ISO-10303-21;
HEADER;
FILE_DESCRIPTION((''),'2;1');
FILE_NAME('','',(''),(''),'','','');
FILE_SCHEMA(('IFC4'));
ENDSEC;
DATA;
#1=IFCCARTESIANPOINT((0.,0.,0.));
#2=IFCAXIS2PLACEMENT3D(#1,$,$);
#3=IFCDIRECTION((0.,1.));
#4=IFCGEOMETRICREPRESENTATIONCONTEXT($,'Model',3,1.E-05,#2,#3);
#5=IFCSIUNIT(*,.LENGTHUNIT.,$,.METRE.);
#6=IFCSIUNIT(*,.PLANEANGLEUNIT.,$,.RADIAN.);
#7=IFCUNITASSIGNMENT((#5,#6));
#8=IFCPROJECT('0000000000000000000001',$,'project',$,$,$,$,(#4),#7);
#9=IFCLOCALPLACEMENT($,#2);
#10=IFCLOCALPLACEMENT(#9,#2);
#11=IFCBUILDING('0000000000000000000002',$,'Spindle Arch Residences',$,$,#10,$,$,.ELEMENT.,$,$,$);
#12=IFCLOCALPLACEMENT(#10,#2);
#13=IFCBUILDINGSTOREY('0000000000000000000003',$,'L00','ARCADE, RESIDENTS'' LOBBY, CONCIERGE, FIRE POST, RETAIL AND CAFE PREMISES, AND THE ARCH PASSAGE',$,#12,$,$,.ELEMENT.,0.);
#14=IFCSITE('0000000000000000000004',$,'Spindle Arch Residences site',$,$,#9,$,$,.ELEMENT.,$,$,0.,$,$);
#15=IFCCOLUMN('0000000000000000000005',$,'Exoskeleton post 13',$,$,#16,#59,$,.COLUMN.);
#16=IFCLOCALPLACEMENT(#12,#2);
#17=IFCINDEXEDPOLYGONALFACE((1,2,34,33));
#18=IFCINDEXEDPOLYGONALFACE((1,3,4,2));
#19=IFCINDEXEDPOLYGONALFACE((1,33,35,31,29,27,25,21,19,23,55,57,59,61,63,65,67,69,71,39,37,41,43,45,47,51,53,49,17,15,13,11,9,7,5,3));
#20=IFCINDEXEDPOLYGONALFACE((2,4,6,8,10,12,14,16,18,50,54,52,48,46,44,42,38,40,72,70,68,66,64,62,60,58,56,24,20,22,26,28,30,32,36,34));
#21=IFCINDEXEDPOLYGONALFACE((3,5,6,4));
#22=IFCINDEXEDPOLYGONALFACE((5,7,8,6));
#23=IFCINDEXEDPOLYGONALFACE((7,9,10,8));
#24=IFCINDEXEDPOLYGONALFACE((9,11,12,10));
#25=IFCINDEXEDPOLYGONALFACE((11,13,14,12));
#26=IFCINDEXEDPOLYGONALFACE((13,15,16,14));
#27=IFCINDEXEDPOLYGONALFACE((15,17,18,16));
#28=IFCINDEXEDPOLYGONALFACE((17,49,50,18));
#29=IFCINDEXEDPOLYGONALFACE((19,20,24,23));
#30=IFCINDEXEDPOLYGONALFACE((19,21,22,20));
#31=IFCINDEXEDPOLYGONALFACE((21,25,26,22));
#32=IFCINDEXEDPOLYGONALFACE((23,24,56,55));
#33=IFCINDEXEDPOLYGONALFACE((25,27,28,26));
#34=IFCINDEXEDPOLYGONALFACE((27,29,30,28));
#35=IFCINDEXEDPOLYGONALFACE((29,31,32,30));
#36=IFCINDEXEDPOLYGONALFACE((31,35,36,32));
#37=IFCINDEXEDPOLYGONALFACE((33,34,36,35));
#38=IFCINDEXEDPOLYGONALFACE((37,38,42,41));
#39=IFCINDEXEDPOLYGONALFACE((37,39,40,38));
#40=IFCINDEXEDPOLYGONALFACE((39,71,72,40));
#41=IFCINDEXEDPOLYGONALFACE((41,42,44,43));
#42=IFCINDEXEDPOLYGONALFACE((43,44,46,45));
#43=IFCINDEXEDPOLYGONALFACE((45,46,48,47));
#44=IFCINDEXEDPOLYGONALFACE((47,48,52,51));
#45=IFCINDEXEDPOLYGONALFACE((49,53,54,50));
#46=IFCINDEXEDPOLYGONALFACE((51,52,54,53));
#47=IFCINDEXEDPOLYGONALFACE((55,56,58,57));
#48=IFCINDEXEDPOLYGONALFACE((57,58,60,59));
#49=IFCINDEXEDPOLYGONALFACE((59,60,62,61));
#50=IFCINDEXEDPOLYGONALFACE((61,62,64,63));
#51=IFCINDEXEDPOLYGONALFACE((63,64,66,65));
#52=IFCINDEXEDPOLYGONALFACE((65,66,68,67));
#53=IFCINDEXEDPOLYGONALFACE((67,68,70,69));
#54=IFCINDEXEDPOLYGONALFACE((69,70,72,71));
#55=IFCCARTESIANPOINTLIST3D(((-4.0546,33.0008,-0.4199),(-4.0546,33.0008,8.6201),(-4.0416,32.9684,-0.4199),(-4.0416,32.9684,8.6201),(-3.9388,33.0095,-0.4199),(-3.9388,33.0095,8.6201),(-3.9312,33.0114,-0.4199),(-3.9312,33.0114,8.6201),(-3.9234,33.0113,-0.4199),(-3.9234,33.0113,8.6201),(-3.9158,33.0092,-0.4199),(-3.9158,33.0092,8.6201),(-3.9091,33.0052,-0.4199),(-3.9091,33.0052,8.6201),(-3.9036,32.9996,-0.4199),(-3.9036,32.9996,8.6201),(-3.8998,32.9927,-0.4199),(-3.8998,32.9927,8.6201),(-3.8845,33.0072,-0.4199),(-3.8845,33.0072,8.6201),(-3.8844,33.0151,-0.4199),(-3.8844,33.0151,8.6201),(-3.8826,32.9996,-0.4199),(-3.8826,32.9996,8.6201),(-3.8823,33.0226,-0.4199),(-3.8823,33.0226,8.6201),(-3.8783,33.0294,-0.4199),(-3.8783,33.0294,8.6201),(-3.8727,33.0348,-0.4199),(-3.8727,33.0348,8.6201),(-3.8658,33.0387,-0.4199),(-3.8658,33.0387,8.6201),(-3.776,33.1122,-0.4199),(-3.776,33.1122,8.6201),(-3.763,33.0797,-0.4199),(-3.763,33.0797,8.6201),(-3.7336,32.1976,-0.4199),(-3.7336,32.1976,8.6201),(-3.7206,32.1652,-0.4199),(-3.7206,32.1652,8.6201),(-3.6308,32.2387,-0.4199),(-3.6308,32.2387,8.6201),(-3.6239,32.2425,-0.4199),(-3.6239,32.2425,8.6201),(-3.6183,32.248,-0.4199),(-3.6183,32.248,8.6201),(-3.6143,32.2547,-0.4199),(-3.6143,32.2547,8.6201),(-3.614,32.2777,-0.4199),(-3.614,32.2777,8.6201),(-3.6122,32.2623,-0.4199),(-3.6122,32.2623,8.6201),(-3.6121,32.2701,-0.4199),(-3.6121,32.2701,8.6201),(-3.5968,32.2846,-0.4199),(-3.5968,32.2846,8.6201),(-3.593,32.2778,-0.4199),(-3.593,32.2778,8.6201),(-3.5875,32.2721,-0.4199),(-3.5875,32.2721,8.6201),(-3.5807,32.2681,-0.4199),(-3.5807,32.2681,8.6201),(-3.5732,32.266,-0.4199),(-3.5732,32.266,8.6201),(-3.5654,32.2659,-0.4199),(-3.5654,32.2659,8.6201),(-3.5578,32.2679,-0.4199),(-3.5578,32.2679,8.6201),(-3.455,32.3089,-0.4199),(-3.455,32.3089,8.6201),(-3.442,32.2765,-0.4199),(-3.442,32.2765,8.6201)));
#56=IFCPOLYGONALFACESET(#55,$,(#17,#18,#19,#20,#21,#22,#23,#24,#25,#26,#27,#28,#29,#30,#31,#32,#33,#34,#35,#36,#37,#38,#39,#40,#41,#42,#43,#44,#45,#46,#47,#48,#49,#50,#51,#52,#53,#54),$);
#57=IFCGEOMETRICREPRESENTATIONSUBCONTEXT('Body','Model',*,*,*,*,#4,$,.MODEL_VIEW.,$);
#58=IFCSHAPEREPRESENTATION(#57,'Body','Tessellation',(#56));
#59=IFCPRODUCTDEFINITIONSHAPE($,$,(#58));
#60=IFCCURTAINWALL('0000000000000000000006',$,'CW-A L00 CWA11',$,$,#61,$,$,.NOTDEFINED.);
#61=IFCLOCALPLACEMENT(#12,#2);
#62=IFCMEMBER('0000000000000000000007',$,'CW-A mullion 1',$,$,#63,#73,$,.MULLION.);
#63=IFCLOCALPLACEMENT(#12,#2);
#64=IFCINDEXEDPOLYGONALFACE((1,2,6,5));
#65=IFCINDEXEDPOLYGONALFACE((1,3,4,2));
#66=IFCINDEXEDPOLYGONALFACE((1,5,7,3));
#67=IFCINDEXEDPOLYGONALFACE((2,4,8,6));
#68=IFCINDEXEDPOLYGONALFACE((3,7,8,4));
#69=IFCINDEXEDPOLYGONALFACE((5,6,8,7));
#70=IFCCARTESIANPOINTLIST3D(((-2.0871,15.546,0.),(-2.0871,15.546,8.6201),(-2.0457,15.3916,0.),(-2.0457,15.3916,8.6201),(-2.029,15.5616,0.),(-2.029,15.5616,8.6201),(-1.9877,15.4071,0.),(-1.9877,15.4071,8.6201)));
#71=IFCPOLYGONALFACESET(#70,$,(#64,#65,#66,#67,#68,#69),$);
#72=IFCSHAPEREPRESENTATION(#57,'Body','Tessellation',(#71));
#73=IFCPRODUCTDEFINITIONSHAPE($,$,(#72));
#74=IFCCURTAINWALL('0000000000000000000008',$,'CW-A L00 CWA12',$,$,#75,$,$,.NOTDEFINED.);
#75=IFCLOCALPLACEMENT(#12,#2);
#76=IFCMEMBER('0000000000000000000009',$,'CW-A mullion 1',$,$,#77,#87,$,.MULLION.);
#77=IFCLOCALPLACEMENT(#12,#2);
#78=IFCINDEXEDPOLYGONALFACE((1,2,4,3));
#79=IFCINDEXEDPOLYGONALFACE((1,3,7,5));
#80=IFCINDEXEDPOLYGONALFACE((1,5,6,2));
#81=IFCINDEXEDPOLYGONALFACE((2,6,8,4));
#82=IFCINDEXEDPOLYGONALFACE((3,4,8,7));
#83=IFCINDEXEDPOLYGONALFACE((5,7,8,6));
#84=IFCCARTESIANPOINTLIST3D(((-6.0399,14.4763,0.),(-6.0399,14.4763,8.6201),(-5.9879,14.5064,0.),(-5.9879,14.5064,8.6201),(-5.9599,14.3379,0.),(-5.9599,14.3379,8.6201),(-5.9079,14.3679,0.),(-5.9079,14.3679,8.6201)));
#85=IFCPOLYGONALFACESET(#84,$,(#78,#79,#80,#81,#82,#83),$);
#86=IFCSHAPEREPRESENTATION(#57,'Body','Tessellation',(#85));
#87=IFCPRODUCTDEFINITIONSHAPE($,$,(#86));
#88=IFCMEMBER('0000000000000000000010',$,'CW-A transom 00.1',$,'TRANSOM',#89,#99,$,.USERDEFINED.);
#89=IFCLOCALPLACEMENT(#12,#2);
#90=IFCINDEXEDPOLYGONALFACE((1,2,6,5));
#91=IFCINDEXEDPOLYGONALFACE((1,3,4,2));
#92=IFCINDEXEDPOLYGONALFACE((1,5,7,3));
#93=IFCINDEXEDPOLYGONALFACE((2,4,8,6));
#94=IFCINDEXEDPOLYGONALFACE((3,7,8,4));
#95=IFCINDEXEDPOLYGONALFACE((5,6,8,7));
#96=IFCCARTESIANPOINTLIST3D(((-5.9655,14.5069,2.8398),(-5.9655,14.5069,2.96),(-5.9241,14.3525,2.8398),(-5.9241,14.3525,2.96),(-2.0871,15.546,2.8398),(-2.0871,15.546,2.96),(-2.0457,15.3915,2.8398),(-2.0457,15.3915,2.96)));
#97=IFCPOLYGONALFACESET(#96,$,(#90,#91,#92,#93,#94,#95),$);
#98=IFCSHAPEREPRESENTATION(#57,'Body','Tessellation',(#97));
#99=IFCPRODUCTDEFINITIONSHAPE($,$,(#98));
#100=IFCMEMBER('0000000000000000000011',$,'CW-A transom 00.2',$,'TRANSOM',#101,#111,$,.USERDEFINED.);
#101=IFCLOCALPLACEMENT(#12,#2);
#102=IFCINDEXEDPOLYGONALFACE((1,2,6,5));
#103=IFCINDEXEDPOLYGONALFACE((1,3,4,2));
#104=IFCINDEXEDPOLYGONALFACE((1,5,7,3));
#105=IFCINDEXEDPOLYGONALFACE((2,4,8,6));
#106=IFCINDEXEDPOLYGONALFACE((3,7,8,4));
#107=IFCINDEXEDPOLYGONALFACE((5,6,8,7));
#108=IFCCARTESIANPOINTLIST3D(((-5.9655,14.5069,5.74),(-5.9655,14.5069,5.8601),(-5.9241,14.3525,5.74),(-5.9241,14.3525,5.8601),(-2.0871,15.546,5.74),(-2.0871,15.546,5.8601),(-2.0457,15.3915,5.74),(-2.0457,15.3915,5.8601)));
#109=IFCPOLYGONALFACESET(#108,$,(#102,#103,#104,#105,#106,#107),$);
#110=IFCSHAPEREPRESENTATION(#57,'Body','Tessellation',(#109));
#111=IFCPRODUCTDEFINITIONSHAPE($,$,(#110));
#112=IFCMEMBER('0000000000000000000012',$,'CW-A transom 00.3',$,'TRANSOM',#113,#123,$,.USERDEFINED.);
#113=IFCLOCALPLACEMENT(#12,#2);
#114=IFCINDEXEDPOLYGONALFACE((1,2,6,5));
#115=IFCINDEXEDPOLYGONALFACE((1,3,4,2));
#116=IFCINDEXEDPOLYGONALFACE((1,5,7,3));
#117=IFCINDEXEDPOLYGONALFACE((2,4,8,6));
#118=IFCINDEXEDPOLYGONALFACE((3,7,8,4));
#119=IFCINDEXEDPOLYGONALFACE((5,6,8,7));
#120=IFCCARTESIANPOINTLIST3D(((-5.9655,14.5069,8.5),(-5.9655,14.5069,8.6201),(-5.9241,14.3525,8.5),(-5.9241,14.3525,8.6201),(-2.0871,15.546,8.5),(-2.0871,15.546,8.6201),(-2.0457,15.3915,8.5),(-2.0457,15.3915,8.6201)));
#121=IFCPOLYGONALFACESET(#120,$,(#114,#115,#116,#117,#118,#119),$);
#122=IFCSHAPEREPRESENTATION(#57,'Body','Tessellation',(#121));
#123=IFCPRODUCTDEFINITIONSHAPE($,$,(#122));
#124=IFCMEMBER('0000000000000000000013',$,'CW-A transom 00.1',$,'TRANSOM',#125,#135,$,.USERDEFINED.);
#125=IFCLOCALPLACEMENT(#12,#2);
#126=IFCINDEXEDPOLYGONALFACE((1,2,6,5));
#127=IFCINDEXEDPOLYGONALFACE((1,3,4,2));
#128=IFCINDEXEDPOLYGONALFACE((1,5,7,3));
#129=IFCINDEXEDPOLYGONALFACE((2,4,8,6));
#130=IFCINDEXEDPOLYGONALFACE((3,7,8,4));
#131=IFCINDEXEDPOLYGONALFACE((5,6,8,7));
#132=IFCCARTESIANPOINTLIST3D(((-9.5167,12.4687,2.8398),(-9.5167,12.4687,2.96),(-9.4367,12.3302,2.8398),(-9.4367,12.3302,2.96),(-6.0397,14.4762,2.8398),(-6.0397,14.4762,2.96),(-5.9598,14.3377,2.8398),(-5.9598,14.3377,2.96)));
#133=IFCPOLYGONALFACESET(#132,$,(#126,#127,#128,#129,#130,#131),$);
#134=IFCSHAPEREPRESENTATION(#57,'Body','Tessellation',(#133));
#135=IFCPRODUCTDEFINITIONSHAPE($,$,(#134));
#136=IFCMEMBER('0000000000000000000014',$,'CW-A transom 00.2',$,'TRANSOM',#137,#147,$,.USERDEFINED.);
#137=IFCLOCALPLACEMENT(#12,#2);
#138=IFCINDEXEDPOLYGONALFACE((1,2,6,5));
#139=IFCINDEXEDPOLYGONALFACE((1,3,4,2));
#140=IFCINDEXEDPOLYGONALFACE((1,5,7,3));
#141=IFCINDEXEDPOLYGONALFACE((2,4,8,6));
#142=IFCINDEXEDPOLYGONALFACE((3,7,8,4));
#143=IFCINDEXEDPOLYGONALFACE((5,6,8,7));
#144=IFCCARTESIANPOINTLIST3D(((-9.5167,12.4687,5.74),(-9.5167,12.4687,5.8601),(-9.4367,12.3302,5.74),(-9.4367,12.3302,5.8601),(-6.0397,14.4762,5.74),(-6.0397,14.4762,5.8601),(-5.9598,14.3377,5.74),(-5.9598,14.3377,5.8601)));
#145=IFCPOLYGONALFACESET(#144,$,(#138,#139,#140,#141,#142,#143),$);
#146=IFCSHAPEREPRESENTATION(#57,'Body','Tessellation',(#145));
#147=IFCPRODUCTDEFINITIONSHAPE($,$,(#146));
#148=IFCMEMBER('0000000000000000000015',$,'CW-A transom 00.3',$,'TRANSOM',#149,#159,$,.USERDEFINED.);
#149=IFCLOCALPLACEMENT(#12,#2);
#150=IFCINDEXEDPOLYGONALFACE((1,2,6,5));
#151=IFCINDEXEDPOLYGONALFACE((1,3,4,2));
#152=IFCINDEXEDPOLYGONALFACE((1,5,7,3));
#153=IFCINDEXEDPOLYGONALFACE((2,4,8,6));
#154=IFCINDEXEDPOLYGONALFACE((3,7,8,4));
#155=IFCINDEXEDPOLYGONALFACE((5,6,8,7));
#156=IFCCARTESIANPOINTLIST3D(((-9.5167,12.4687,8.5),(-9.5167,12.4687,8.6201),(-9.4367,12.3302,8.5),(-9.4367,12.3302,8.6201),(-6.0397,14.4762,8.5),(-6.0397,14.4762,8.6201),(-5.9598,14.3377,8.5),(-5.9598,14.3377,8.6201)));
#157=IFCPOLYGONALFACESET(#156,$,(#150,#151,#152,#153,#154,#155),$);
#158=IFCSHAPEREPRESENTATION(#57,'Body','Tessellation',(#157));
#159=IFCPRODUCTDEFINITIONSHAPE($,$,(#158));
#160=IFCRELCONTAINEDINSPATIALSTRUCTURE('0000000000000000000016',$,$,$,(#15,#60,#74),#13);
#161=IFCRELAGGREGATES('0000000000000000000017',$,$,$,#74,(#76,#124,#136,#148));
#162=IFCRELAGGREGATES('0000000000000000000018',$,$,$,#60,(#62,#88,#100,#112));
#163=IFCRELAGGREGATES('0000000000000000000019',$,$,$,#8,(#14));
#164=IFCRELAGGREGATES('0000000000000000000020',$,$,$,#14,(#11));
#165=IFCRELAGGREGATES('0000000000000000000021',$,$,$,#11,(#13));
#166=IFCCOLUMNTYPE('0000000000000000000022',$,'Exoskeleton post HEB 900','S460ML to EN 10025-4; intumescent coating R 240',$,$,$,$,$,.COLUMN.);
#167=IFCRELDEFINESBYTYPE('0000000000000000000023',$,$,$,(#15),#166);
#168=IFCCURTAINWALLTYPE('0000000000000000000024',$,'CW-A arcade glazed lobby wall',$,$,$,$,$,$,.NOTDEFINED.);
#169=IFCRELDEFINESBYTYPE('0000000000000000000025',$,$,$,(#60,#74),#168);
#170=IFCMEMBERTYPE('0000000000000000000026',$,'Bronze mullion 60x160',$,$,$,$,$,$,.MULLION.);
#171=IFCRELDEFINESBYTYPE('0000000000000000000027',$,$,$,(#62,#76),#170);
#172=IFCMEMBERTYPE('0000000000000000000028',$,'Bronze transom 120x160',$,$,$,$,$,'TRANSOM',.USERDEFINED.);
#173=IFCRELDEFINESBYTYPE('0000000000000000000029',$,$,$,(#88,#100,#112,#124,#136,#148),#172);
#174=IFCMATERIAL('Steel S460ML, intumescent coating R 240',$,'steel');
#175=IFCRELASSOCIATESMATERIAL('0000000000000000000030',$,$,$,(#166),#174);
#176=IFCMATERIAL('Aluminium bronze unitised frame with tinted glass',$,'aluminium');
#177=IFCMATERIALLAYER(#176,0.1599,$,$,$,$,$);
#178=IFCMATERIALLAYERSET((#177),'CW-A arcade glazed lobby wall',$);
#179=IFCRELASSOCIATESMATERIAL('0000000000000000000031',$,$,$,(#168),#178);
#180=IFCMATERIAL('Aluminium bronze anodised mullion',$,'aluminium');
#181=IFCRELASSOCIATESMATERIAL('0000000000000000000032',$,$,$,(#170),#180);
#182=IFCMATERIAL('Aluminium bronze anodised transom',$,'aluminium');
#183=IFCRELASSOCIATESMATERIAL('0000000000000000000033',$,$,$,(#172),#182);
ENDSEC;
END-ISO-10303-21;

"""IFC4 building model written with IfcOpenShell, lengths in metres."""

from ifc_helpers import new_model, si_unit, direction, frame, origin, origin_2d, place, context, subcontext, project, spatial, rectangle, i_section, extrude, material, layer, layer_set, material_profile, profile_set, type_object, element, aggregate, save


model = new_model("IFC4")

# Units and contexts
model_context = context("Model", 3, precision=1e-05, world=origin(), true_north=direction((0.0, 1.0)))
body_context = subcontext(model_context, "Body", "Model", "MODEL_VIEW")
ifc_project = project(units=[si_unit("LENGTHUNIT", "METRE"), si_unit("PLANEANGLEUNIT", "RADIAN")], contexts=[model_context])

# Site, building, storey
site_placement = place(None, origin())
site = spatial("IfcSite", under=ifc_project, at=site_placement, Name="Spindle Arch Residences site", CompositionType="ELEMENT", RefElevation=0.0)
building_placement = place(site_placement, origin())
building = spatial("IfcBuilding", under=site, at=building_placement, Name="Spindle Arch Residences", CompositionType="ELEMENT")
storey_placement = place(building_placement, origin())
storey = spatial("IfcBuildingStorey", under=building, at=storey_placement, Name="L00", Description="ARCADE, RESIDENTS' LOBBY, CONCIERGE, FIRE POST, RETAIL AND CAFE PREMISES, AND THE ARCH PASSAGE", CompositionType="ELEMENT", Elevation=0.0)

# Column
ifc_material_1 = material(Name="Steel S460ML, intumescent coating R 240", Category="steel")
ifc_material_profile_1 = material_profile(ifc_material_1, i_section(OverallWidth=0.3, OverallDepth=0.8999, WebThickness=0.0186, FlangeThickness=0.0349, FilletRadius=0.03, at=origin_2d()), Name="HEB 900")
ifc_profile_set_1 = profile_set([ifc_material_profile_1], Name="Steel S460ML, intumescent coating R 240")
column_type = type_object("IfcColumnType", Name="Exoskeleton post HEB 900", Description="S460ML to EN 10025-4; intumescent coating R 240", PredefinedType="COLUMN", material=ifc_profile_set_1)
column_placement = place(storey_placement, frame((-3.7483, 32.6387, -0.4199), z_axis=(0.0, 0.0, 1.0), x_axis=(0.92859, 0.371108, 0.0)))
element("IfcColumn", 1, at=column_placement, inside=storey, type_object=column_type, Name="Exoskeleton post 13", PredefinedType="COLUMN", context=body_context, shape_type="SweptSolid", body=[
    extrude(i_section(OverallWidth=0.3, OverallDepth=0.8999, WebThickness=0.0186, FlangeThickness=0.0349, FilletRadius=0.03, at=origin_2d()), origin(), (0.0, 0.0, 1.0), 9.04),
])

# Curtain walls, members
ifc_material_2 = material(Name="Aluminium bronze unitised frame with tinted glass", Category="aluminium")
ifc_layer_1 = layer(ifc_material_2, 0.1599)
ifc_layer_set_1 = layer_set([ifc_layer_1], Name="CW-A arcade glazed lobby wall")
curtain_wall_type = type_object("IfcCurtainWallType", Name="CW-A arcade glazed lobby wall", PredefinedType="NOTDEFINED", material=ifc_layer_set_1)
curtain_wall_1_placement = place(storey_placement, origin())
curtain_wall_1 = element("IfcCurtainWall", 2, at=curtain_wall_1_placement, inside=storey, type_object=curtain_wall_type, Name="CW-A L00 CWA11", PredefinedType="NOTDEFINED")
ifc_material_3 = material(Name="Aluminium bronze anodised mullion", Category="aluminium")
ifc_material_profile_2 = material_profile(ifc_material_3, rectangle(XDim=0.1599, YDim=0.0601, at=origin_2d()), Name="MU 60x160")
ifc_profile_set_2 = profile_set([ifc_material_profile_2], Name="Aluminium bronze anodised mullion")
member_type_1 = type_object("IfcMemberType", Name="Bronze mullion 60x160", PredefinedType="MULLION", material=ifc_profile_set_2)
member_1_placement = place(storey_placement, frame((-2.0374, 15.4766, 0.0), z_axis=(0.0, 0.0, 1.0), x_axis=(0.258786, -0.965935, 0.0)))
member_1 = element("IfcMember", 3, at=member_1_placement, type_object=member_type_1, Name="CW-A mullion 1", PredefinedType="MULLION", context=body_context, shape_type="SweptSolid", body=[
    extrude(rectangle(XDim=0.1599, YDim=0.0601, at=origin_2d()), origin(), (0.0, 0.0, 1.0), 8.6201),
])
curtain_wall_2_placement = place(storey_placement, origin())
curtain_wall_2 = element("IfcCurtainWall", 4, at=curtain_wall_2_placement, inside=storey, type_object=curtain_wall_type, Name="CW-A L00 CWA12", PredefinedType="NOTDEFINED")
member_2_placement = place(storey_placement, frame((-5.9739, 14.4221, 0.0), z_axis=(0.0, 0.0, 1.0), x_axis=(0.500023, -0.866012, 0.0)))
member_2 = element("IfcMember", 5, at=member_2_placement, type_object=member_type_1, Name="CW-A mullion 1", PredefinedType="MULLION", context=body_context, shape_type="SweptSolid", body=[
    extrude(rectangle(XDim=0.1599, YDim=0.0601, at=origin_2d()), origin(), (0.0, 0.0, 1.0), 8.6201),
])

# Members
ifc_material_4 = material(Name="Aluminium bronze anodised transom", Category="aluminium")
ifc_material_profile_3 = material_profile(ifc_material_4, rectangle(XDim=0.1599, YDim=0.1201, at=origin_2d()), Name="TR 120x160")
ifc_profile_set_3 = profile_set([ifc_material_profile_3], Name="Aluminium bronze anodised transom")
member_type_2 = type_object("IfcMemberType", Name="Bronze transom 120x160", ElementType="TRANSOM", PredefinedType="USERDEFINED", material=ifc_profile_set_3)
member_3_placement = place(storey_placement, frame((-2.0664, 15.4688, 2.8999), z_axis=(-0.965936, -0.258783, 0.0), x_axis=(0.258783, -0.965936, 0.0)))
member_3 = element("IfcMember", 6, at=member_3_placement, type_object=member_type_2, Name="CW-A transom 00.1", ObjectType="TRANSOM", PredefinedType="USERDEFINED", context=body_context, shape_type="SweptSolid", body=[
    extrude(rectangle(XDim=0.1599, YDim=0.1201, at=origin_2d()), origin(), (0.0, 0.0, 1.0), 4.0151),
])
member_4_placement = place(storey_placement, frame((-2.0664, 15.4688, 5.8), z_axis=(-0.965936, -0.258783, 0.0), x_axis=(0.258783, -0.965936, 0.0)))
member_4 = element("IfcMember", 7, at=member_4_placement, type_object=member_type_2, Name="CW-A transom 00.2", ObjectType="TRANSOM", PredefinedType="USERDEFINED", context=body_context, shape_type="SweptSolid", body=[
    extrude(rectangle(XDim=0.1599, YDim=0.1201, at=origin_2d()), origin(), (0.0, 0.0, 1.0), 4.0151),
])
member_5_placement = place(storey_placement, frame((-2.0664, 15.4688, 8.5601), z_axis=(-0.965936, -0.258783, 0.0), x_axis=(0.258783, -0.965936, 0.0)))
member_5 = element("IfcMember", 8, at=member_5_placement, type_object=member_type_2, Name="CW-A transom 00.3", ObjectType="TRANSOM", PredefinedType="USERDEFINED", context=body_context, shape_type="SweptSolid", body=[
    extrude(rectangle(XDim=0.1599, YDim=0.1201, at=origin_2d()), origin(), (0.0, 0.0, 1.0), 4.0151),
])
member_6_placement = place(storey_placement, frame((-5.9998, 14.407, 2.8999), z_axis=(-0.866015, -0.500017, 0.0), x_axis=(0.500017, -0.866015, 0.0)))
member_6 = element("IfcMember", 9, at=member_6_placement, type_object=member_type_2, Name="CW-A transom 00.1", ObjectType="TRANSOM", PredefinedType="USERDEFINED", context=body_context, shape_type="SweptSolid", body=[
    extrude(rectangle(XDim=0.1599, YDim=0.1201, at=origin_2d()), origin(), (0.0, 0.0, 1.0), 4.0149),
])
member_7_placement = place(storey_placement, frame((-5.9998, 14.407, 5.8), z_axis=(-0.866015, -0.500017, 0.0), x_axis=(0.500017, -0.866015, 0.0)))
member_7 = element("IfcMember", 10, at=member_7_placement, type_object=member_type_2, Name="CW-A transom 00.2", ObjectType="TRANSOM", PredefinedType="USERDEFINED", context=body_context, shape_type="SweptSolid", body=[
    extrude(rectangle(XDim=0.1599, YDim=0.1201, at=origin_2d()), origin(), (0.0, 0.0, 1.0), 4.0149),
])
member_8_placement = place(storey_placement, frame((-5.9998, 14.407, 8.5601), z_axis=(-0.866015, -0.500017, 0.0), x_axis=(0.500017, -0.866015, 0.0)))
member_8 = element("IfcMember", 11, at=member_8_placement, type_object=member_type_2, Name="CW-A transom 00.3", ObjectType="TRANSOM", PredefinedType="USERDEFINED", context=body_context, shape_type="SweptSolid", body=[
    extrude(rectangle(XDim=0.1599, YDim=0.1201, at=origin_2d()), origin(), (0.0, 0.0, 1.0), 4.0149),
])
aggregate(curtain_wall_2, [member_2, member_6, member_7, member_8])

aggregate(curtain_wall_1, [member_1, member_3, member_4, member_5])

save(model, "model.ifc")
